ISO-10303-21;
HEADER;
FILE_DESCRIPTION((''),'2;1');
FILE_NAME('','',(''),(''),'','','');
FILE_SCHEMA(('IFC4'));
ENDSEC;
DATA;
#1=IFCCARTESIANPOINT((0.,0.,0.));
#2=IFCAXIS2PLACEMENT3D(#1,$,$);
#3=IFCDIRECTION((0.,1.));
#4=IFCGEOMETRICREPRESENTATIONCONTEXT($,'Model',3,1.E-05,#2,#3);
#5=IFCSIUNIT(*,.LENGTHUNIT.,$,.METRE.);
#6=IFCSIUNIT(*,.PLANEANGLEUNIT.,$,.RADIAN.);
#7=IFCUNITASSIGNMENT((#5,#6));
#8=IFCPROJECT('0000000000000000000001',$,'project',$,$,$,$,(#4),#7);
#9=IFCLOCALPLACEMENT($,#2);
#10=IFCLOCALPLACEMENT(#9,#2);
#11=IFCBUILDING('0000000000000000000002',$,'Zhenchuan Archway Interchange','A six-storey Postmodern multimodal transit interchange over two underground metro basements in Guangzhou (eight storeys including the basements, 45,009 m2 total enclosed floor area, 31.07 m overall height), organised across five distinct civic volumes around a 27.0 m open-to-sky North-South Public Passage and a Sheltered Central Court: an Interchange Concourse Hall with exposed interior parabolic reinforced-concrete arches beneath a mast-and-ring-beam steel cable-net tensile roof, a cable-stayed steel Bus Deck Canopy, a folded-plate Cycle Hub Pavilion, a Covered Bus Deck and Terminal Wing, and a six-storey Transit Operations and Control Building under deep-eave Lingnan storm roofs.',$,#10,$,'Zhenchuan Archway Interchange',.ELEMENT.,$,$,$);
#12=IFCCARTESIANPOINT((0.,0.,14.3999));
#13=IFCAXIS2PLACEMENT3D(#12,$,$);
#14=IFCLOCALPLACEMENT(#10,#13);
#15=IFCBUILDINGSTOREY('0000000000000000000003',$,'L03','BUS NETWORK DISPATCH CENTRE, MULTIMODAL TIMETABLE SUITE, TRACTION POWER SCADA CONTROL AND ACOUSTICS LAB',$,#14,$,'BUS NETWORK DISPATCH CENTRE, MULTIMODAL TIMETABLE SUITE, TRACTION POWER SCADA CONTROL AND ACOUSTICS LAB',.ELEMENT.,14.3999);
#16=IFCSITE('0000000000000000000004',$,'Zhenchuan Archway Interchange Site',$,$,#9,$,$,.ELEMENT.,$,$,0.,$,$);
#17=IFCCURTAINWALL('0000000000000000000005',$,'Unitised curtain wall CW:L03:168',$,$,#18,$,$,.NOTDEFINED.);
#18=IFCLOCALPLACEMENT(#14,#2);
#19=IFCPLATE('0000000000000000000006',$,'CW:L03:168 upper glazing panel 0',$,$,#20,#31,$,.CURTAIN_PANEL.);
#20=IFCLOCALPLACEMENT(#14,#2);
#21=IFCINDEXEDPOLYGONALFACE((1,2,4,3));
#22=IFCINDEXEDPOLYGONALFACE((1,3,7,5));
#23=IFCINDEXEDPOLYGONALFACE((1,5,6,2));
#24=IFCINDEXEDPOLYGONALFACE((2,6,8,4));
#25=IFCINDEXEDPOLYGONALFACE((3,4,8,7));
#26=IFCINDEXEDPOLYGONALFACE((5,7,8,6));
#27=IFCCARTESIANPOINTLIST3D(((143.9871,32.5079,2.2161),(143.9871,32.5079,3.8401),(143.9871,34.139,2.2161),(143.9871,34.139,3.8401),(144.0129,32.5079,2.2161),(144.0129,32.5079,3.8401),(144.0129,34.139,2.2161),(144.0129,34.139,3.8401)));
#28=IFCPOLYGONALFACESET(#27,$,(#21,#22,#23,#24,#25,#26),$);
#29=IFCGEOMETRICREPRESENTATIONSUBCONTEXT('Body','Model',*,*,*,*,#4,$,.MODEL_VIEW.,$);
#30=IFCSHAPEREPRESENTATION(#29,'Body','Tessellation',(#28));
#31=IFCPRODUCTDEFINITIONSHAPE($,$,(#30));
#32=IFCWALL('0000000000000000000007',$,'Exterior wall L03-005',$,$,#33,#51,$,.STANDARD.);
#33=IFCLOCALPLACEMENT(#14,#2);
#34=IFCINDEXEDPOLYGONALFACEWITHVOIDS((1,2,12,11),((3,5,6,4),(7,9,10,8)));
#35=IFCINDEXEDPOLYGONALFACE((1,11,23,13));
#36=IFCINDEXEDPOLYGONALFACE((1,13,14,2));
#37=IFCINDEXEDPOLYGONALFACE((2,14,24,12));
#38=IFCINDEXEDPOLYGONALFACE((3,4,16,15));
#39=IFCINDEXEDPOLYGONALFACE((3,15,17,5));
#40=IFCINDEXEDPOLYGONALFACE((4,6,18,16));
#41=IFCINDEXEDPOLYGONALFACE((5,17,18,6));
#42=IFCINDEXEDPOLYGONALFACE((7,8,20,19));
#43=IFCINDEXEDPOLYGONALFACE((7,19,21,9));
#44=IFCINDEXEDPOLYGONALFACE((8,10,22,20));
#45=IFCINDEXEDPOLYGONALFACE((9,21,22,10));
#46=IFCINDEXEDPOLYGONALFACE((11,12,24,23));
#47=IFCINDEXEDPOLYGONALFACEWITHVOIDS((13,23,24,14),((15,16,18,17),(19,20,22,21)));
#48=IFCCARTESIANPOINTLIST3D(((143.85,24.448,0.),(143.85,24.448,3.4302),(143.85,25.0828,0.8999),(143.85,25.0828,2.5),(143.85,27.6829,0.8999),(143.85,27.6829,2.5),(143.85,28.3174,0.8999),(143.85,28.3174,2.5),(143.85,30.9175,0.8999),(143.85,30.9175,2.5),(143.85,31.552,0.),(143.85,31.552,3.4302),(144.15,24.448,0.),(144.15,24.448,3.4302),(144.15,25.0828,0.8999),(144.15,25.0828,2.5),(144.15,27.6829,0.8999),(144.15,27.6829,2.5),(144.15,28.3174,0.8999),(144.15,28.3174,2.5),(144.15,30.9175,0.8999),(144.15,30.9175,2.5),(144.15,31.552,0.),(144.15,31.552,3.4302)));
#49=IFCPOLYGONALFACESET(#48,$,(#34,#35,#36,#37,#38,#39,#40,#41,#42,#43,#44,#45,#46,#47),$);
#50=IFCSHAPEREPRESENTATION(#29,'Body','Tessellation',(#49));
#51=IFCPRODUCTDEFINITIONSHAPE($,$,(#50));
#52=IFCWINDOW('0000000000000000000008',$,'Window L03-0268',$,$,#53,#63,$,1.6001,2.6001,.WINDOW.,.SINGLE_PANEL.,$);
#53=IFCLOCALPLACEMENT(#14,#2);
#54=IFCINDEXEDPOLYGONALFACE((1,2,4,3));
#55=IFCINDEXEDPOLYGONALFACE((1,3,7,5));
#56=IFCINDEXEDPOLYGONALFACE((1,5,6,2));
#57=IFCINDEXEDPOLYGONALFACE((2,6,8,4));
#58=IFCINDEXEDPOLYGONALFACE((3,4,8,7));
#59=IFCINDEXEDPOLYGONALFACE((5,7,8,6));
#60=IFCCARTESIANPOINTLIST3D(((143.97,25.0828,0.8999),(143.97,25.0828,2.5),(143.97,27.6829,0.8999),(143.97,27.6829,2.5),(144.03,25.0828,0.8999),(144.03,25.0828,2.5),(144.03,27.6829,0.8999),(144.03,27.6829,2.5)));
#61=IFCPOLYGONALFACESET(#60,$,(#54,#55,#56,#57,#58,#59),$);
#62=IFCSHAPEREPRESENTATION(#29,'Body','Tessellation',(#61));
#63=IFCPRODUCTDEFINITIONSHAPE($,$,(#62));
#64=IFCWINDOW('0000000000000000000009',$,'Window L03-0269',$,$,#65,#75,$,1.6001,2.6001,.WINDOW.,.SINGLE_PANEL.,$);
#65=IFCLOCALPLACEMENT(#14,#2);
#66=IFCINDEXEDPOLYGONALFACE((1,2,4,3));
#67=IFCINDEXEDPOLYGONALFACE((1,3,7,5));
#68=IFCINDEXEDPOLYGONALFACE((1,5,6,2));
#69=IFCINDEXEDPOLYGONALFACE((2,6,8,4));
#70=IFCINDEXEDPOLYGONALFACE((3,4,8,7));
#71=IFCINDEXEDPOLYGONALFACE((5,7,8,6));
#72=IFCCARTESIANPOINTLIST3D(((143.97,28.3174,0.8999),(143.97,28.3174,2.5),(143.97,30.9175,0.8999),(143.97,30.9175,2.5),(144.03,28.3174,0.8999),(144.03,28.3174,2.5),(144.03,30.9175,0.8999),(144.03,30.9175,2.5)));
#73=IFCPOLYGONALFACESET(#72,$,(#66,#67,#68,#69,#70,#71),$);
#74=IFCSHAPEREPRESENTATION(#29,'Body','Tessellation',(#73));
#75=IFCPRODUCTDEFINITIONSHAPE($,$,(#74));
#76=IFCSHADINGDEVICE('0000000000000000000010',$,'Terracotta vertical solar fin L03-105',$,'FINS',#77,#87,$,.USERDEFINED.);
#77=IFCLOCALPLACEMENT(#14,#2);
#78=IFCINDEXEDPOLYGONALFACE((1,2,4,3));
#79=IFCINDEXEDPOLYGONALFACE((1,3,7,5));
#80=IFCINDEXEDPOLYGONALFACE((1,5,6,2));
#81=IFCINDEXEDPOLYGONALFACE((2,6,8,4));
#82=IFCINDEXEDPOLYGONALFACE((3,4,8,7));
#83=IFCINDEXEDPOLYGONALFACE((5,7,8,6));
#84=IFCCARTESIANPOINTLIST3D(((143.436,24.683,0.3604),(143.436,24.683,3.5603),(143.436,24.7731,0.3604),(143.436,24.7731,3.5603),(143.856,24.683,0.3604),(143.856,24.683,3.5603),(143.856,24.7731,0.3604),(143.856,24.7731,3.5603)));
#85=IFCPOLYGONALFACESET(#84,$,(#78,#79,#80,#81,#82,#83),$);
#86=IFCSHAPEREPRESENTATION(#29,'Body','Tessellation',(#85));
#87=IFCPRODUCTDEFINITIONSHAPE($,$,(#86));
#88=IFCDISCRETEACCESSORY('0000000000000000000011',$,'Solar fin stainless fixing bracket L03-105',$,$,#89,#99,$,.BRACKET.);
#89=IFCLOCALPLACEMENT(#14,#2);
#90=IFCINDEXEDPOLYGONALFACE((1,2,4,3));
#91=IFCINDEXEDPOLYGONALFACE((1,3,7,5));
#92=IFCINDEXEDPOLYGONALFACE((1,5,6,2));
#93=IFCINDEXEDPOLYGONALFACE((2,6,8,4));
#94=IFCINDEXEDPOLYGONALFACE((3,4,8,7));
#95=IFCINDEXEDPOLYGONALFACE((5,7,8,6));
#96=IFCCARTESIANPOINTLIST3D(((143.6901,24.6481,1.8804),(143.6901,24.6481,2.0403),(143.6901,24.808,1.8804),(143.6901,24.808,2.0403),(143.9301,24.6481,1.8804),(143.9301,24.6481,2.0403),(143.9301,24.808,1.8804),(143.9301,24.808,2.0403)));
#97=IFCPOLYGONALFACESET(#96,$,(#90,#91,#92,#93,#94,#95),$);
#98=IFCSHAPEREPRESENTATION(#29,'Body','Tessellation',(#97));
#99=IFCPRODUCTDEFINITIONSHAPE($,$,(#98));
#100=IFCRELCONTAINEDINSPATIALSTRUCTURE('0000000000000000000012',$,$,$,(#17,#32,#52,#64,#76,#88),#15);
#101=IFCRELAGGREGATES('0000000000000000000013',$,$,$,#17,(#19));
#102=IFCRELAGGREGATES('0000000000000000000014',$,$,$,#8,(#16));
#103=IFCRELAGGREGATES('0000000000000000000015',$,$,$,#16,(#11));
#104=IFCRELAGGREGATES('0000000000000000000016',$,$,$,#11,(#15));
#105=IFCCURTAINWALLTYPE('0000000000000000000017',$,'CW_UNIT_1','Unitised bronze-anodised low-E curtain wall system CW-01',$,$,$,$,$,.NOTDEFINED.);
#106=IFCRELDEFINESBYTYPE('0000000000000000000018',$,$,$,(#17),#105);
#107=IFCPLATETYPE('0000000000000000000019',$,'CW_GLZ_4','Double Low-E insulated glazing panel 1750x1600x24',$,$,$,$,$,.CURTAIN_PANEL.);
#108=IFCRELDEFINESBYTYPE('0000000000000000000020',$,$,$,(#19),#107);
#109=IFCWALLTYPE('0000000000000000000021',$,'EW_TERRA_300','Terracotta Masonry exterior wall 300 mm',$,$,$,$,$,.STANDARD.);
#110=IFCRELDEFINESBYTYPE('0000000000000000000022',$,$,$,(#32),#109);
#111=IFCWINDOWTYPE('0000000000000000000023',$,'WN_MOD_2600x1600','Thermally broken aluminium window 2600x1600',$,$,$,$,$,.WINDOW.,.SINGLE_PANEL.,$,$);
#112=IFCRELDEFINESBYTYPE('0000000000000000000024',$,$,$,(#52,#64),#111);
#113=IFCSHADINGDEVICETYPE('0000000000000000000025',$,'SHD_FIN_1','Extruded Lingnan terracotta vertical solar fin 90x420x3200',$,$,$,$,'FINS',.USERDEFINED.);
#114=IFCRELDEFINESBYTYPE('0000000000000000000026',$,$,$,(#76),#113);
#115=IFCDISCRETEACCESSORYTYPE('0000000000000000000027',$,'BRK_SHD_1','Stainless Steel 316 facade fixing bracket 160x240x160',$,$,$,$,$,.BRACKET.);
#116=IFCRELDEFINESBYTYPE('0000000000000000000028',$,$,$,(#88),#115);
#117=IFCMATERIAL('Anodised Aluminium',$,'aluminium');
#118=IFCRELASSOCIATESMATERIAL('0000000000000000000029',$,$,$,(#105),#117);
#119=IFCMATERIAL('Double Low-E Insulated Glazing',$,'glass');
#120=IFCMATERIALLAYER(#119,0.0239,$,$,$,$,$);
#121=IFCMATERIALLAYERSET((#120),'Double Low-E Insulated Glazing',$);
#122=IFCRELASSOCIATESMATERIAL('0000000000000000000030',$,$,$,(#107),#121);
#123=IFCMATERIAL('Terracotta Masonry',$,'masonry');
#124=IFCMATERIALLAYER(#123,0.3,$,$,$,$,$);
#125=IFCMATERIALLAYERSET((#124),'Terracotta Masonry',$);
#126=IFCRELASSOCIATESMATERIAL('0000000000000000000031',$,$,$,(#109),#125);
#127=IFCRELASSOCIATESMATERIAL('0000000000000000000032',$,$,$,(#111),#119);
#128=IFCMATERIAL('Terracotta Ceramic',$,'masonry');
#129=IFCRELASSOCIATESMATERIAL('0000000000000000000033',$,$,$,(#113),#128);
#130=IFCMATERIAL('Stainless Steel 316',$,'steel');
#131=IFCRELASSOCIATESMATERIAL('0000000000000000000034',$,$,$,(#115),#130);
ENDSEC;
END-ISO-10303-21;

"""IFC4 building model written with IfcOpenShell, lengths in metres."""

from ifc_helpers import new_model, si_unit, direction, frame, frame_2d, origin, origin_2d, place, context, subcontext, project, spatial, rectangle, extrude, material, layer, layer_set, type_object, element, fill, aggregate, save


model = new_model("IFC4")

# Units and contexts
model_context = context("Model", 3, precision=1e-05, world=origin(), true_north=direction((0.0, 1.0)))
body_context = subcontext(model_context, "Body", "Model", "MODEL_VIEW")
ifc_project = project(units=[si_unit("LENGTHUNIT", "METRE"), si_unit("PLANEANGLEUNIT", "RADIAN")], contexts=[model_context])

# Site, building, storey
site_placement = place(None, origin())
site = spatial("IfcSite", under=ifc_project, at=site_placement, Name="Zhenchuan Archway Interchange Site", CompositionType="ELEMENT", RefElevation=0.0)
building_placement = place(site_placement, origin())
building = spatial("IfcBuilding", under=site, at=building_placement, Name="Zhenchuan Archway Interchange", Description="A six-storey Postmodern multimodal transit interchange over two underground metro basements in Guangzhou (eight storeys including the basements, 45,009 m2 total enclosed floor area, 31.07 m overall height), organised across five distinct civic volumes around a 27.0 m open-to-sky North-South Public Passage and a Sheltered Central Court: an Interchange Concourse Hall with exposed interior parabolic reinforced-concrete arches beneath a mast-and-ring-beam steel cable-net tensile roof, a cable-stayed steel Bus Deck Canopy, a folded-plate Cycle Hub Pavilion, a Covered Bus Deck and Terminal Wing, and a six-storey Transit Operations and Control Building under deep-eave Lingnan storm roofs.", LongName="Zhenchuan Archway Interchange", CompositionType="ELEMENT")
storey_placement = place(building_placement, frame((0.0, 0.0, 14.3999)))
storey = spatial("IfcBuildingStorey", under=building, at=storey_placement, Name="L03", Description="BUS NETWORK DISPATCH CENTRE, MULTIMODAL TIMETABLE SUITE, TRACTION POWER SCADA CONTROL AND ACOUSTICS LAB", LongName="BUS NETWORK DISPATCH CENTRE, MULTIMODAL TIMETABLE SUITE, TRACTION POWER SCADA CONTROL AND ACOUSTICS LAB", CompositionType="ELEMENT", Elevation=14.3999)

# Curtain wall
ifc_material_1 = material(Name="Anodised Aluminium", Category="aluminium")
curtain_wall_type_1 = type_object("IfcCurtainWallType", Name="CW_UNIT_1", Description="Unitised bronze-anodised low-E curtain wall system CW-01", PredefinedType="NOTDEFINED", material=ifc_material_1)
curtain_wall_1_placement = place(storey_placement, origin())
curtain_wall_1 = element("IfcCurtainWall", 1, at=curtain_wall_1_placement, inside=storey, type_object=curtain_wall_type_1, Name="Unitised curtain wall CW:L03:168", PredefinedType="NOTDEFINED")

# Plate
ifc_material_2 = material(Name="Double Low-E Insulated Glazing", Category="glass")
ifc_layer_1 = layer(ifc_material_2, 0.0239)
ifc_layer_set_1 = layer_set([ifc_layer_1], Name="Double Low-E Insulated Glazing")
plate_type_1 = type_object("IfcPlateType", Name="CW_GLZ_4", Description="Double Low-E insulated glazing panel 1750x1600x24", PredefinedType="CURTAIN_PANEL", material=ifc_layer_set_1)
plate_1_placement = place(storey_placement, frame((144.0, 33.3235, 2.2161), z_axis=(0.0, 0.0, 1.0), x_axis=(0.0, 1.0, 0.0)))
plate_1 = element("IfcPlate", 2, at=plate_1_placement, type_object=plate_type_1, Name="CW:L03:168 upper glazing panel 0", PredefinedType="CURTAIN_PANEL", context=body_context, shape_type="SweptSolid", body=[
    extrude(rectangle(XDim=1.6311, YDim=0.0259, at=origin_2d()), origin(), (0.0, 0.0, 1.0), 1.624),
])
aggregate(curtain_wall_1, [plate_1])

# Wall, openings, windows
ifc_material_3 = material(Name="Terracotta Masonry", Category="masonry")
ifc_layer_2 = layer(ifc_material_3, 0.3)
ifc_layer_set_2 = layer_set([ifc_layer_2], Name="Terracotta Masonry")
wall_type = type_object("IfcWallType", Name="EW_TERRA_300", Description="Terracotta Masonry exterior wall 300 mm", PredefinedType="STANDARD", material=ifc_layer_set_2)
wall_placement = place(storey_placement, frame((144.0, 24.448, 0.0), z_axis=(0.0, 0.0, 1.0), x_axis=(0.0, 1.0, 0.0)))
wall = element("IfcWall", 3, at=wall_placement, inside=storey, type_object=wall_type, Name="Exterior wall L03-005", PredefinedType="STANDARD", context=body_context, shape_type="SweptSolid", body=[
    extrude(rectangle(XDim=7.104, YDim=0.3, at=frame_2d((3.552, 0.0))), origin(), (0.0, 0.0, 1.0), 3.4302),
])
opening_1_placement = place(wall_placement, frame((0.6348, 0.0, 0.8999)))
opening_1 = element("IfcOpeningElement", 4, at=opening_1_placement, cuts=wall, PredefinedType="OPENING", context=body_context, shape_type="SweptSolid", body=[
    extrude(rectangle(XDim=2.6001, YDim=1.6001, at=frame_2d((1.3, 0.8))), frame((0.0, 0.1621, 0.0), z_axis=(0.0, -1.0, 0.0), x_axis=(1.0, 0.0, 0.0)), (0.0, 0.0, 1.0), 0.324),
])
opening_2_placement = place(wall_placement, frame((3.8694, 0.0, 0.8999)))
opening_2 = element("IfcOpeningElement", 5, at=opening_2_placement, cuts=wall, PredefinedType="OPENING", context=body_context, shape_type="SweptSolid", body=[
    extrude(rectangle(XDim=2.6001, YDim=1.6001, at=frame_2d((1.3, 0.8))), frame((0.0, 0.1621, 0.0), z_axis=(0.0, -1.0, 0.0), x_axis=(1.0, 0.0, 0.0)), (0.0, 0.0, 1.0), 0.324),
])
window_type = type_object("IfcWindowType", Name="WN_MOD_2600x1600", Description="Thermally broken aluminium window 2600x1600", PartitioningType="SINGLE_PANEL", PredefinedType="WINDOW", material=ifc_material_2)
window_1_placement = place(opening_1_placement, origin())
window_1 = element("IfcWindow", 6, at=window_1_placement, inside=storey, type_object=window_type, Name="Window L03-0268", OverallHeight=1.6001, OverallWidth=2.6001, PartitioningType="SINGLE_PANEL", PredefinedType="WINDOW", context=body_context, shape_type="SweptSolid", body=[
    extrude(rectangle(XDim=2.6001, YDim=1.6001, at=frame_2d((1.3, 0.8))), frame((0.0, 0.03, 0.0), z_axis=(0.0, -1.0, 0.0), x_axis=(1.0, 0.0, 0.0)), (0.0, 0.0, 1.0), 0.0601),
])
fill(opening_1, window_1)
window_2_placement = place(opening_2_placement, origin())
window_2 = element("IfcWindow", 7, at=window_2_placement, inside=storey, type_object=window_type, Name="Window L03-0269", OverallHeight=1.6001, OverallWidth=2.6001, PartitioningType="SINGLE_PANEL", PredefinedType="WINDOW", context=body_context, shape_type="SweptSolid", body=[
    extrude(rectangle(XDim=2.6001, YDim=1.6001, at=frame_2d((1.3, 0.8))), frame((0.0, 0.03, 0.0), z_axis=(0.0, -1.0, 0.0), x_axis=(1.0, 0.0, 0.0)), (0.0, 0.0, 1.0), 0.0601),
])
fill(opening_2, window_2)

# Shading device
ifc_material_4 = material(Name="Terracotta Ceramic", Category="masonry")
shading_device_type = type_object("IfcShadingDeviceType", Name="SHD_FIN_1", Description="Extruded Lingnan terracotta vertical solar fin 90x420x3200", ElementType="FINS", PredefinedType="USERDEFINED", material=ifc_material_4)
shading_device_placement = place(storey_placement, frame((143.646, 24.728, 0.3604), z_axis=(0.0, 0.0, 1.0), x_axis=(0.0, 1.0, 0.0)))
element("IfcShadingDevice", 8, at=shading_device_placement, inside=storey, type_object=shading_device_type, Name="Terracotta vertical solar fin L03-105", ObjectType="FINS", PredefinedType="USERDEFINED", context=body_context, shape_type="SweptSolid", body=[
    extrude(rectangle(XDim=0.0901, YDim=0.4199, at=origin_2d()), origin(), (0.0, 0.0, 1.0), 3.2),
])

# Discrete accessory
ifc_material_5 = material(Name="Stainless Steel 316", Category="steel")
discrete_accessory_type = type_object("IfcDiscreteAccessoryType", Name="BRK_SHD_1", Description="Stainless Steel 316 facade fixing bracket 160x240x160", PredefinedType="BRACKET", material=ifc_material_5)
discrete_accessory_placement = place(storey_placement, frame((143.8101, 24.728, 1.8804), z_axis=(0.0, 0.0, 1.0), x_axis=(0.0, 1.0, 0.0)))
element("IfcDiscreteAccessory", 9, at=discrete_accessory_placement, inside=storey, type_object=discrete_accessory_type, Name="Solar fin stainless fixing bracket L03-105", PredefinedType="BRACKET", context=body_context, shape_type="SweptSolid", body=[
    extrude(rectangle(XDim=0.1599, YDim=0.24, at=origin_2d()), origin(), (0.0, 0.0, 1.0), 0.1599),
])

save(model, "model.ifc")
